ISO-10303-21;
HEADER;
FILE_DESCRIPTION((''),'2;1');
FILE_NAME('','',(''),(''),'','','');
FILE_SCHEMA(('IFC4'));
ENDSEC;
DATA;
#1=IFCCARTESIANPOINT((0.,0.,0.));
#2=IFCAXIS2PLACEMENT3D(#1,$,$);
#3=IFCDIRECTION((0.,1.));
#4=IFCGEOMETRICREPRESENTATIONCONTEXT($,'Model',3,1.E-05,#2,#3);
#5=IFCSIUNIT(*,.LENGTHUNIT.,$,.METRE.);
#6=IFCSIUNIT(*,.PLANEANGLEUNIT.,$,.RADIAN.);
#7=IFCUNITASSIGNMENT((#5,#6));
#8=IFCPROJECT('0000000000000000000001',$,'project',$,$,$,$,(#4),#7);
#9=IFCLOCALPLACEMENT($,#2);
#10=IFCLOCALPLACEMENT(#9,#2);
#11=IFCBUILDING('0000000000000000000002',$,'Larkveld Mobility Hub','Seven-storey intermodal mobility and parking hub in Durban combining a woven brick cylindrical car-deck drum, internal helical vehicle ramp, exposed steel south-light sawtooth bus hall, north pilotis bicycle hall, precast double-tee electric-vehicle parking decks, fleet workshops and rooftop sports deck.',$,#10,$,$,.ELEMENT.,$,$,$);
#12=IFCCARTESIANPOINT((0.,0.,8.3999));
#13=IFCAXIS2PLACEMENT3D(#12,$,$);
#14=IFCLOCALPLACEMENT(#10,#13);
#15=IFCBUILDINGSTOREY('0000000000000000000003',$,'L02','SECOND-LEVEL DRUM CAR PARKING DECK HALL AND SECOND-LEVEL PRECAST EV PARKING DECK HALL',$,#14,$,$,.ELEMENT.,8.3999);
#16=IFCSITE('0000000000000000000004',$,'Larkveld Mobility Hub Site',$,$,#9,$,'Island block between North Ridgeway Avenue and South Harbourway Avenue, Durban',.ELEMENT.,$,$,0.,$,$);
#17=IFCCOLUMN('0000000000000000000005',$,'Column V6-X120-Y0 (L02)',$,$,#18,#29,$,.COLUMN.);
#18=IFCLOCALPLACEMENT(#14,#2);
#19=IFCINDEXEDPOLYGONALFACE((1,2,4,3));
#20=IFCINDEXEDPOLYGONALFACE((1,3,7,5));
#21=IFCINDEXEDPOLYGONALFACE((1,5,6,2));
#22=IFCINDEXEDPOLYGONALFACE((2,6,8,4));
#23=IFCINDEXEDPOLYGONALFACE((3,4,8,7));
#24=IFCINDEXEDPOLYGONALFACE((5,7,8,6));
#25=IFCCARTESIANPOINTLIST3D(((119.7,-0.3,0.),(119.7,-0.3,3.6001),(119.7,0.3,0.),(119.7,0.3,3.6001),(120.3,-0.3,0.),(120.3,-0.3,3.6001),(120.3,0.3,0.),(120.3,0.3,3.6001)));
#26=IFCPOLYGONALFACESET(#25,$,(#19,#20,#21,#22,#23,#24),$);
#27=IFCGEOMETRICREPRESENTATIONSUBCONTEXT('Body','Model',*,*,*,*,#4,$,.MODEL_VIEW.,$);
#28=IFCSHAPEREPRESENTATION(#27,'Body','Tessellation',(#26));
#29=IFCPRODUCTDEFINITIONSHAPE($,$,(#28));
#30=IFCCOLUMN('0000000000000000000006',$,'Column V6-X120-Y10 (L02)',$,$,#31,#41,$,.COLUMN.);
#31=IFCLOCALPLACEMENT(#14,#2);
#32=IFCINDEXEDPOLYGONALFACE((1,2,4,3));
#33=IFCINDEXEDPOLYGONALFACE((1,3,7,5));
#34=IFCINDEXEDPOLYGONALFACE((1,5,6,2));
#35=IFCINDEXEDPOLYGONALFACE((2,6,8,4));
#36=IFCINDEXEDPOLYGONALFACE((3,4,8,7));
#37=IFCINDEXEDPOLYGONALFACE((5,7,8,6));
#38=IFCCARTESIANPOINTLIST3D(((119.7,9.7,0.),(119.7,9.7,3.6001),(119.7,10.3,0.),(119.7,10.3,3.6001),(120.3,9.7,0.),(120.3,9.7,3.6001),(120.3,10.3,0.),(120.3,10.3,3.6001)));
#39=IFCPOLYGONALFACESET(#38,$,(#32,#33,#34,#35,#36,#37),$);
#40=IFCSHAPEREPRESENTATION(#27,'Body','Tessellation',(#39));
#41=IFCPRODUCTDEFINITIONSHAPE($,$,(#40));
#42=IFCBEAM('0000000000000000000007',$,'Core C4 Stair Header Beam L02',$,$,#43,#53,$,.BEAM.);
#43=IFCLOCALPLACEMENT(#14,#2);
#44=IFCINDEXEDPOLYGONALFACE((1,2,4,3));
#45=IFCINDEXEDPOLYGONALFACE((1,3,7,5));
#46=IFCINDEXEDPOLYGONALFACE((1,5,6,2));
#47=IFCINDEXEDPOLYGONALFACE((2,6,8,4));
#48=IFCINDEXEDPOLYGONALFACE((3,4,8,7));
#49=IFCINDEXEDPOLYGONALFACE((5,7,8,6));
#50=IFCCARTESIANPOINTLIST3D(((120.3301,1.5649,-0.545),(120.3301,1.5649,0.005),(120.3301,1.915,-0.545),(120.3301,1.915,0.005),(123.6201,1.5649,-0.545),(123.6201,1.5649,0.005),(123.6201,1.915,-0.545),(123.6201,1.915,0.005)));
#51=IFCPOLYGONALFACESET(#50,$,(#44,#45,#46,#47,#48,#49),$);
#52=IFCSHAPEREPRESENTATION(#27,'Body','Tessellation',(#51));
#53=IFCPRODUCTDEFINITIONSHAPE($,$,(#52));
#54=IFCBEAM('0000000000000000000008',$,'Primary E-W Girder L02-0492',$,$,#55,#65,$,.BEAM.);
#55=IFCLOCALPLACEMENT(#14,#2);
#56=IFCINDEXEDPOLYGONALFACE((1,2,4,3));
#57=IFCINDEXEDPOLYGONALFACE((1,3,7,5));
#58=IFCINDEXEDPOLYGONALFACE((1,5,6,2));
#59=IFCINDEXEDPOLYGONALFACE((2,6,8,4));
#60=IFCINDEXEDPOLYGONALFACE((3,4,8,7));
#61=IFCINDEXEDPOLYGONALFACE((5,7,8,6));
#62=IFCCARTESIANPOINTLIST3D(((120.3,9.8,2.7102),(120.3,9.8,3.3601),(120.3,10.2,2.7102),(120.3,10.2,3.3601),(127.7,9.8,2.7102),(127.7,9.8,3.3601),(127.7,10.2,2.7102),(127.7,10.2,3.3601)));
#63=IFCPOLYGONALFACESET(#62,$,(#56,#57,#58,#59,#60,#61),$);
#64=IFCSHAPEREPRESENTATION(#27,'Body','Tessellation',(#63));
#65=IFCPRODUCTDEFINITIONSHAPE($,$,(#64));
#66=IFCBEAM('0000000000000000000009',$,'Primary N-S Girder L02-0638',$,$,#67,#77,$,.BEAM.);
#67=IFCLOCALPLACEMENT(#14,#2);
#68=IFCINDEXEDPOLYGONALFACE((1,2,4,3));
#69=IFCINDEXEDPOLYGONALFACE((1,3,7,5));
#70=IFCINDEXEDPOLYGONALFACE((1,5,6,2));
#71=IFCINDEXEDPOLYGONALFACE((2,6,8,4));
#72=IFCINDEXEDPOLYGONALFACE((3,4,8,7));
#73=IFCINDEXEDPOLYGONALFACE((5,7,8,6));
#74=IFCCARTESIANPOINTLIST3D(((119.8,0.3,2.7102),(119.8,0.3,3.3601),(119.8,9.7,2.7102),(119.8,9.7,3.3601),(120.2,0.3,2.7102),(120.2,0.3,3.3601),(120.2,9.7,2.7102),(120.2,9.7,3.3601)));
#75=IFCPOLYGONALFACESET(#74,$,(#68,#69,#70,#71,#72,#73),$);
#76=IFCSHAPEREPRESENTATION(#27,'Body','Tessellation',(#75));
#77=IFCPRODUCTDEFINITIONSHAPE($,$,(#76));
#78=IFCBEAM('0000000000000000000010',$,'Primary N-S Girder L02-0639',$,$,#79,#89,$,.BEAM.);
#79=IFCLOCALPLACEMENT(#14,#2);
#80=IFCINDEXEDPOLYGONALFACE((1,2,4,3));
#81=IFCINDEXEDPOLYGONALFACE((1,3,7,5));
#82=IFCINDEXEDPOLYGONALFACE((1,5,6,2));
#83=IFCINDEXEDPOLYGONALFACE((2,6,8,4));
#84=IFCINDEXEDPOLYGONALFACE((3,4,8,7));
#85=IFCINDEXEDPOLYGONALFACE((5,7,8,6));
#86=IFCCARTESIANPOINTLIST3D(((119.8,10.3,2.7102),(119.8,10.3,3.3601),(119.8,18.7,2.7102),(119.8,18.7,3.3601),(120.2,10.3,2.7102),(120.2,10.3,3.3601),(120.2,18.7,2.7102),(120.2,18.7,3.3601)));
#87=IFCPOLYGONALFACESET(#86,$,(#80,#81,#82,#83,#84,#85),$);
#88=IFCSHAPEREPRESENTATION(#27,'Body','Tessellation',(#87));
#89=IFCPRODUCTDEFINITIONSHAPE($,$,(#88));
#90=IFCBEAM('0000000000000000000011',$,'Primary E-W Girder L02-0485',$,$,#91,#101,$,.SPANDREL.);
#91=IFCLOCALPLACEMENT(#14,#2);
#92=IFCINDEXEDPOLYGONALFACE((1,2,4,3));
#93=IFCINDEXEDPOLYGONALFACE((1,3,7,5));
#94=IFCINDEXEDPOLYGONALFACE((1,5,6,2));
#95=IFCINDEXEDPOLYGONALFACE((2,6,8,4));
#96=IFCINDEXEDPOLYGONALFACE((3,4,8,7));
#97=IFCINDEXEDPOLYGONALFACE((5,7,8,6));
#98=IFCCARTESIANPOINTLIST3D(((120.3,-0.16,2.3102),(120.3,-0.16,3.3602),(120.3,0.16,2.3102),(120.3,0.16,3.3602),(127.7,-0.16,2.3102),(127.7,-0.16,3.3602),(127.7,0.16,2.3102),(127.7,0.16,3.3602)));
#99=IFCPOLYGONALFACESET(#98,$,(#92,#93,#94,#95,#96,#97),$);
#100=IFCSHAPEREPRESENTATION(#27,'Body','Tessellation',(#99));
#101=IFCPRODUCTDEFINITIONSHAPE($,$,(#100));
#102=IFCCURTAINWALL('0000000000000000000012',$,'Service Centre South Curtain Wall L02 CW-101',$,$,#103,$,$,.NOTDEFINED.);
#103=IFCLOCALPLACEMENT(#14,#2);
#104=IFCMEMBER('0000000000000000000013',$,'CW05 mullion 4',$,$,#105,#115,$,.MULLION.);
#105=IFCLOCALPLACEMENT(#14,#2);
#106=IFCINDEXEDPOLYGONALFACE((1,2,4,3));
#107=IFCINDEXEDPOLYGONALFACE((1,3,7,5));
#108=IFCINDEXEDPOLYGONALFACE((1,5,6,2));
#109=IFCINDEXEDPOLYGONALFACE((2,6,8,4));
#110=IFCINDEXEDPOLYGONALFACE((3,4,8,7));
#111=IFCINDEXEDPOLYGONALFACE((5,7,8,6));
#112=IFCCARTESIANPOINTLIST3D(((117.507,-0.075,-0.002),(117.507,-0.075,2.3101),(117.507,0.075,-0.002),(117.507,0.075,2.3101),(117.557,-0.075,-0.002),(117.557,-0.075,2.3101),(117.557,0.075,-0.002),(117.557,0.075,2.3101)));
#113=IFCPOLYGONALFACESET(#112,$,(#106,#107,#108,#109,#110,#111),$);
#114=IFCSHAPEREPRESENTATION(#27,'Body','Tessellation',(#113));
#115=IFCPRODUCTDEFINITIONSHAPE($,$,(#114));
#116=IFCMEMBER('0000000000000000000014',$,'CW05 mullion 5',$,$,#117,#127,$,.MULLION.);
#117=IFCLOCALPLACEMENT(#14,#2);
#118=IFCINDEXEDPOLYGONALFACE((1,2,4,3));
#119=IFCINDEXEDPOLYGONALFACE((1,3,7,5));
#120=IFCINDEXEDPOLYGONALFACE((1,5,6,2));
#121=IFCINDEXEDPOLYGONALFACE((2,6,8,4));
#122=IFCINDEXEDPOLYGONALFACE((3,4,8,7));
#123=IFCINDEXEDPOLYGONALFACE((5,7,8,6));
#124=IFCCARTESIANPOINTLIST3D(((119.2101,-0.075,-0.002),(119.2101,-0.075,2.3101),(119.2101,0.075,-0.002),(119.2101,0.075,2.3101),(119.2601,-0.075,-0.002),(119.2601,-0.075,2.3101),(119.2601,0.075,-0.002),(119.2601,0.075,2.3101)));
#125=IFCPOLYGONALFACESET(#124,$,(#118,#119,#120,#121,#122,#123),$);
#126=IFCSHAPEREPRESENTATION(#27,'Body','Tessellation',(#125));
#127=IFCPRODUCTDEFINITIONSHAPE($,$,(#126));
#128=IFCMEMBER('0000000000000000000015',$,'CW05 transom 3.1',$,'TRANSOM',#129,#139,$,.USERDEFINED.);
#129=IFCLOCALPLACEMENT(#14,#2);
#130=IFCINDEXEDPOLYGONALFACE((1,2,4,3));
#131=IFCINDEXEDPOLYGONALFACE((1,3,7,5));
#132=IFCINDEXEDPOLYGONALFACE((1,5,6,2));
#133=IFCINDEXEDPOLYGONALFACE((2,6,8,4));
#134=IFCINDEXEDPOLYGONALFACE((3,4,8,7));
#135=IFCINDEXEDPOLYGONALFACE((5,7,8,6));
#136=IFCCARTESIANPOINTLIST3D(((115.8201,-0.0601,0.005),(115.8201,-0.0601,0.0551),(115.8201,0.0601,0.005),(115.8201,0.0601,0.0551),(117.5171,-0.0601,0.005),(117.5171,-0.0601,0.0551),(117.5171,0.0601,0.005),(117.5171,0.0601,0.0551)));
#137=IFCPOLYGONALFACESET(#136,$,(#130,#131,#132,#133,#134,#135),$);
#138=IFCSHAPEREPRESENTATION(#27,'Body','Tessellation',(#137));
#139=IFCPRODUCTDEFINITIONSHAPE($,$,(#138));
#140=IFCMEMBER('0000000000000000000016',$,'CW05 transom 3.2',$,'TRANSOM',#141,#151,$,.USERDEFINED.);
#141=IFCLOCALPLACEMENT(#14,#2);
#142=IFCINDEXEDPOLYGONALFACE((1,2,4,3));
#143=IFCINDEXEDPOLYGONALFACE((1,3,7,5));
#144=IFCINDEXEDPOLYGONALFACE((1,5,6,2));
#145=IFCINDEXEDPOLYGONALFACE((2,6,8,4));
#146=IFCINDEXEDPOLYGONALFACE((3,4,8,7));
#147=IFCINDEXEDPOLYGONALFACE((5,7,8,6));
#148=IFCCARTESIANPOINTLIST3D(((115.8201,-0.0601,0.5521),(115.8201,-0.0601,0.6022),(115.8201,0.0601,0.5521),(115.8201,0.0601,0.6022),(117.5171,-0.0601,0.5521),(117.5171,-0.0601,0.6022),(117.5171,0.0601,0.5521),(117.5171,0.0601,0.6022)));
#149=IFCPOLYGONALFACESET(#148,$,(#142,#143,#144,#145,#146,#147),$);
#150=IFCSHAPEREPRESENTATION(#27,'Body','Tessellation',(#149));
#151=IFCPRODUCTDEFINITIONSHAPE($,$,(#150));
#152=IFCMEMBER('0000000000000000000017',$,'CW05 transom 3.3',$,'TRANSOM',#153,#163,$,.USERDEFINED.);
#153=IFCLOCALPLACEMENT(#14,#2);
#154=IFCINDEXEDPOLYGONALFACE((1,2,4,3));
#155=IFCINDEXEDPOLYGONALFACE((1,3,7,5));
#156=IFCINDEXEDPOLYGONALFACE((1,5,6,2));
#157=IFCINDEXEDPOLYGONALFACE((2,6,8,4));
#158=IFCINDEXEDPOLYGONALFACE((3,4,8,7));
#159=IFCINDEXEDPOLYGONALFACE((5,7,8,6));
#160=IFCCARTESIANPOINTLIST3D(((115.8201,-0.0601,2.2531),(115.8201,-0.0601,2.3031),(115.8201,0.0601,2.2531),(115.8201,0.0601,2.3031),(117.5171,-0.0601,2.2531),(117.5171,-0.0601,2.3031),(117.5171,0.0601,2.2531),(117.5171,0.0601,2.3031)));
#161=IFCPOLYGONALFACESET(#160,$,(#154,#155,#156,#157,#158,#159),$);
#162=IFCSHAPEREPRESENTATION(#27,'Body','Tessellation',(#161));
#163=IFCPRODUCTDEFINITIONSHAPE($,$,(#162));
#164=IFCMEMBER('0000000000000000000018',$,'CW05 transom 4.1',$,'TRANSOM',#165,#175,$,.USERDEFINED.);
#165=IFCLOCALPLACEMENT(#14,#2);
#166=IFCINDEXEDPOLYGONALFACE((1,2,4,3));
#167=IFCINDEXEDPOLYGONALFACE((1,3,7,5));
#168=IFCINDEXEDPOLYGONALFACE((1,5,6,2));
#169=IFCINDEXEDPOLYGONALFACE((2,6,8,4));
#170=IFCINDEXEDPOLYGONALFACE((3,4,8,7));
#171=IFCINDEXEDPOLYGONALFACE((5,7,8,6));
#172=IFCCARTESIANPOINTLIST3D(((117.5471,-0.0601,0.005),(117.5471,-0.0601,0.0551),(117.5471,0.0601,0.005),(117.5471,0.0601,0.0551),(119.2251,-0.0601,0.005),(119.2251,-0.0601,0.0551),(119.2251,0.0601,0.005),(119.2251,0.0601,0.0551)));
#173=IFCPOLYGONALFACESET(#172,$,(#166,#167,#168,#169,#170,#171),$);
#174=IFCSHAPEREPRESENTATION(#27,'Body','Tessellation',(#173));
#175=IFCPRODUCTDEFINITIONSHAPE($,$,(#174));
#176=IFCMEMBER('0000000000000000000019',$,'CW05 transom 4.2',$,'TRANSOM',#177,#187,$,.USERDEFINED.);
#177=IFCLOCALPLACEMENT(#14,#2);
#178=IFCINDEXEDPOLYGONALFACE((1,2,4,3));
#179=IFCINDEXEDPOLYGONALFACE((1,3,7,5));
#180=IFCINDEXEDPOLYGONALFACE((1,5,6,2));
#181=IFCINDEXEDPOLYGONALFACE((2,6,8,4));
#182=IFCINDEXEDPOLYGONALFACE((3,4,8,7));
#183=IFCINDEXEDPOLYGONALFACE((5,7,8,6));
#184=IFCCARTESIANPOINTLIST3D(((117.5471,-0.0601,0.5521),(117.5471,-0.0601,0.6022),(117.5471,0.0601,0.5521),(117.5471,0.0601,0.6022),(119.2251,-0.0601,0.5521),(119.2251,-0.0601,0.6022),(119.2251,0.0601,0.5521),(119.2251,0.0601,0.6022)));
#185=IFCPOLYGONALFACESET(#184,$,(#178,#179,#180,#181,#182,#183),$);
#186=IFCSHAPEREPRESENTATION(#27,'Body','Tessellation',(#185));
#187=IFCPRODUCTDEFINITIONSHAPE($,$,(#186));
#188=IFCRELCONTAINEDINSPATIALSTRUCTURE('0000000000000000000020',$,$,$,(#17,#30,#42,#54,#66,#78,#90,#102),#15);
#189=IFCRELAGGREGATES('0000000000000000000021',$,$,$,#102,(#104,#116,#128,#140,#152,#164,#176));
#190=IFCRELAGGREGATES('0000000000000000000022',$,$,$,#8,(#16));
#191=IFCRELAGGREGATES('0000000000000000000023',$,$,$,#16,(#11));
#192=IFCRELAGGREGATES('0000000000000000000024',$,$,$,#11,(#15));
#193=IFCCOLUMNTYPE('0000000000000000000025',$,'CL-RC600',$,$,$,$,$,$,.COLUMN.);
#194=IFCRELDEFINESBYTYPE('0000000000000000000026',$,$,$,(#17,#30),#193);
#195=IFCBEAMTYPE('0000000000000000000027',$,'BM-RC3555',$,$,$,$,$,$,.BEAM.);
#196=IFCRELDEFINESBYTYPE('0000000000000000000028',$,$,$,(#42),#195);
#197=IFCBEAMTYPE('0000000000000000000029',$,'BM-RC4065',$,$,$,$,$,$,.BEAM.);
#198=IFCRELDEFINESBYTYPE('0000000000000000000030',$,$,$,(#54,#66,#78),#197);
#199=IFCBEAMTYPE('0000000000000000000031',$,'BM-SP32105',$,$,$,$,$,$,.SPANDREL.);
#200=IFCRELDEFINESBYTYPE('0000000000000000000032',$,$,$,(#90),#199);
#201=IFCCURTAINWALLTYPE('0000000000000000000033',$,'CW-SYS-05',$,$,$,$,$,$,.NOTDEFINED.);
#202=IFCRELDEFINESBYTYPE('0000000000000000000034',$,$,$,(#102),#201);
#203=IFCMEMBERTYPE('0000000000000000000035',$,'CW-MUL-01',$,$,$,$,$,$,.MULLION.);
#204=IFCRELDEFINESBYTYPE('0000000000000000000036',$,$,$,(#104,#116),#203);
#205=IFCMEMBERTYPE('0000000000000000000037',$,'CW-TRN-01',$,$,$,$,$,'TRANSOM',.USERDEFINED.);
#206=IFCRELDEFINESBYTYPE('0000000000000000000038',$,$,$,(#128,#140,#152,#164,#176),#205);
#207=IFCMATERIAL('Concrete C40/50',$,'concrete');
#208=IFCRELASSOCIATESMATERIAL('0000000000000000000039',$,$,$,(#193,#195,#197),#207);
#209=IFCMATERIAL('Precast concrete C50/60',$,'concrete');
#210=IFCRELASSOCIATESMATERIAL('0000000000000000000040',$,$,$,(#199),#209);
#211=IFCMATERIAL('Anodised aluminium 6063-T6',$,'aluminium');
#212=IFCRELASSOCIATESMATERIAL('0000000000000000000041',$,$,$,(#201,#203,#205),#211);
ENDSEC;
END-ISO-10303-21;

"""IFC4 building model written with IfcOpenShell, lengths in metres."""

from ifc_helpers import new_model, si_unit, direction, frame, origin, origin_2d, place, context, subcontext, project, spatial, rectangle, extrude, material, material_profile, profile_set, type_object, element, aggregate, save


model = new_model("IFC4")

# Units and contexts
model_context = context("Model", 3, precision=1e-05, world=origin(), true_north=direction((0.0, 1.0)))
body_context = subcontext(model_context, "Body", "Model", "MODEL_VIEW")
ifc_project = project(units=[si_unit("LENGTHUNIT", "METRE"), si_unit("PLANEANGLEUNIT", "RADIAN")], contexts=[model_context])

# Site, building, storey
site_placement = place(None, origin())
site = spatial("IfcSite", under=ifc_project, at=site_placement, Name="Larkveld Mobility Hub Site", LongName="Island block between North Ridgeway Avenue and South Harbourway Avenue, Durban", CompositionType="ELEMENT", RefElevation=0.0)
building_placement = place(site_placement, origin())
building = spatial("IfcBuilding", under=site, at=building_placement, Name="Larkveld Mobility Hub", Description="Seven-storey intermodal mobility and parking hub in Durban combining a woven brick cylindrical car-deck drum, internal helical vehicle ramp, exposed steel south-light sawtooth bus hall, north pilotis bicycle hall, precast double-tee electric-vehicle parking decks, fleet workshops and rooftop sports deck.", CompositionType="ELEMENT")
storey_placement = place(building_placement, frame((0.0, 0.0, 8.3999)))
storey = spatial("IfcBuildingStorey", under=building, at=storey_placement, Name="L02", Description="SECOND-LEVEL DRUM CAR PARKING DECK HALL AND SECOND-LEVEL PRECAST EV PARKING DECK HALL", CompositionType="ELEMENT", Elevation=8.3999)

# Columns
ifc_material_1 = material(Name="Concrete C40/50", Category="concrete")
ifc_material_profile_1 = material_profile(ifc_material_1, rectangle(XDim=0.6001, YDim=0.6001, at=origin_2d()), Name="RC COL 600x600")
ifc_profile_set_1 = profile_set([ifc_material_profile_1], Name="Concrete C40/50")
column_type = type_object("IfcColumnType", Name="CL-RC600", PredefinedType="COLUMN", material=ifc_profile_set_1)
for number, where, z_axis, x_axis, name in (
    (1, (120.0, 0.0, 0.0), (0.0, 0.0, 1.0), (1.0, 0.0, 0.0), "Column V6-X120-Y0 (L02)"),
    (2, (120.0, 10.0, 0.0), (0.0, 0.0, 1.0), (1.0, 0.0, 0.0), "Column V6-X120-Y10 (L02)"),
):
    element("IfcColumn", number, at=place(storey_placement, frame(where, z_axis=z_axis, x_axis=x_axis)), inside=storey, type_object=column_type, Name=name, PredefinedType="COLUMN", context=body_context, shape_type="SweptSolid", body=[
        extrude(rectangle(XDim=0.6001, YDim=0.6001, at=origin_2d()), origin(), (0.0, 0.0, 1.0), 3.6001),
    ])

# Beams
ifc_material_profile_2 = material_profile(ifc_material_1, rectangle(XDim=0.3501, YDim=0.55, at=origin_2d()), Name="RC BM 350x550")
ifc_profile_set_2 = profile_set([ifc_material_profile_2], Name="Concrete C40/50")
beam_type_1 = type_object("IfcBeamType", Name="BM-RC3555", PredefinedType="BEAM", material=ifc_profile_set_2)
beam_1_placement = place(storey_placement, frame((120.3301, 1.74, -0.27), z_axis=(1.0, 0.0, 0.0), x_axis=(0.0, 1.0, 0.0)))
element("IfcBeam", 3, at=beam_1_placement, inside=storey, type_object=beam_type_1, Name="Core C4 Stair Header Beam L02", PredefinedType="BEAM", context=body_context, shape_type="SweptSolid", body=[
    extrude(rectangle(XDim=0.3501, YDim=0.55, at=origin_2d()), origin(), (0.0, 0.0, 1.0), 3.29),
])
ifc_material_profile_3 = material_profile(ifc_material_1, rectangle(XDim=0.3999, YDim=0.6499, at=origin_2d()), Name="RC BM 400x650")
ifc_profile_set_3 = profile_set([ifc_material_profile_3], Name="Concrete C40/50")
beam_type_2 = type_object("IfcBeamType", Name="BM-RC4065", PredefinedType="BEAM", material=ifc_profile_set_3)
beam_2_placement = place(storey_placement, frame((120.3, 10.0, 3.0352), z_axis=(1.0, 0.0, 0.0), x_axis=(0.0, 1.0, 0.0)))
element("IfcBeam", 4, at=beam_2_placement, inside=storey, type_object=beam_type_2, Name="Primary E-W Girder L02-0492", PredefinedType="BEAM", context=body_context, shape_type="SweptSolid", body=[
    extrude(rectangle(XDim=0.3999, YDim=0.6499, at=origin_2d()), origin(), (0.0, 0.0, 1.0), 7.3999),
])
beam_3_placement = place(storey_placement, frame((120.0, 0.3, 3.0352), z_axis=(0.0, 1.0, 0.0), x_axis=(-1.0, 0.0, 0.0)))
element("IfcBeam", 5, at=beam_3_placement, inside=storey, type_object=beam_type_2, Name="Primary N-S Girder L02-0638", PredefinedType="BEAM", context=body_context, shape_type="SweptSolid", body=[
    extrude(rectangle(XDim=0.3999, YDim=0.6499, at=origin_2d()), origin(), (0.0, 0.0, 1.0), 9.3999),
])
beam_4_placement = place(storey_placement, frame((120.0, 10.3, 3.0352), z_axis=(0.0, 1.0, 0.0), x_axis=(-1.0, 0.0, 0.0)))
element("IfcBeam", 6, at=beam_4_placement, inside=storey, type_object=beam_type_2, Name="Primary N-S Girder L02-0639", PredefinedType="BEAM", context=body_context, shape_type="SweptSolid", body=[
    extrude(rectangle(XDim=0.3999, YDim=0.6499, at=origin_2d()), origin(), (0.0, 0.0, 1.0), 8.3999),
])
ifc_material_2 = material(Name="Precast concrete C50/60", Category="concrete")
ifc_material_profile_4 = material_profile(ifc_material_2, rectangle(XDim=0.3201, YDim=1.05, at=origin_2d()), Name="PC SP 320x1050")
ifc_profile_set_4 = profile_set([ifc_material_profile_4], Name="Precast concrete C50/60")
beam_type_3 = type_object("IfcBeamType", Name="BM-SP32105", PredefinedType="SPANDREL", material=ifc_profile_set_4)
beam_5_placement = place(storey_placement, frame((120.3, 0.0, 2.8352), z_axis=(1.0, 0.0, 0.0), x_axis=(0.0, 1.0, 0.0)))
element("IfcBeam", 7, at=beam_5_placement, inside=storey, type_object=beam_type_3, Name="Primary E-W Girder L02-0485", PredefinedType="SPANDREL", context=body_context, shape_type="SweptSolid", body=[
    extrude(rectangle(XDim=0.3201, YDim=1.05, at=origin_2d()), origin(), (0.0, 0.0, 1.0), 7.3999),
])

# Curtain wall, members
ifc_material_3 = material(Name="Anodised aluminium 6063-T6", Category="aluminium")
curtain_wall_type = type_object("IfcCurtainWallType", Name="CW-SYS-05", PredefinedType="NOTDEFINED", material=ifc_material_3)
curtain_wall_placement = place(storey_placement, origin())
curtain_wall = element("IfcCurtainWall", 8, at=curtain_wall_placement, inside=storey, type_object=curtain_wall_type, Name="Service Centre South Curtain Wall L02 CW-101", PredefinedType="NOTDEFINED")
ifc_material_profile_5 = material_profile(ifc_material_3, rectangle(XDim=0.05, YDim=0.1499, at=origin_2d()), Name="ALU MULL 50x150")
ifc_profile_set_5 = profile_set([ifc_material_profile_5], Name="Anodised aluminium 6063-T6")
member_type_1 = type_object("IfcMemberType", Name="CW-MUL-01", PredefinedType="MULLION", material=ifc_profile_set_5)
member_1_placement = place(storey_placement, frame((117.532, 0.0, -0.002), z_axis=(0.0, 0.0, 1.0), x_axis=(1.0, 0.0, 0.0)))
member_1 = element("IfcMember", 9, at=member_1_placement, type_object=member_type_1, Name="CW05 mullion 4", PredefinedType="MULLION", context=body_context, shape_type="SweptSolid", body=[
    extrude(rectangle(XDim=0.05, YDim=0.1499, at=origin_2d()), origin(), (0.0, 0.0, 1.0), 2.312),
])
member_2_placement = place(storey_placement, frame((119.2351, 0.0, -0.002), z_axis=(0.0, 0.0, 1.0), x_axis=(1.0, 0.0, 0.0)))
member_2 = element("IfcMember", 10, at=member_2_placement, type_object=member_type_1, Name="CW05 mullion 5", PredefinedType="MULLION", context=body_context, shape_type="SweptSolid", body=[
    extrude(rectangle(XDim=0.05, YDim=0.1499, at=origin_2d()), origin(), (0.0, 0.0, 1.0), 2.312),
])
ifc_material_profile_6 = material_profile(ifc_material_3, rectangle(XDim=0.1201, YDim=0.05, at=origin_2d()), Name="ALU TRAN 50x120")
ifc_profile_set_6 = profile_set([ifc_material_profile_6], Name="Anodised aluminium 6063-T6")
member_type_2 = type_object("IfcMemberType", Name="CW-TRN-01", ElementType="TRANSOM", PredefinedType="USERDEFINED", material=ifc_profile_set_6)
member_3_placement = place(storey_placement, frame((115.8201, 0.0, 0.03), z_axis=(1.0, 0.0, 0.0), x_axis=(0.0, 1.0, 0.0)))
member_3 = element("IfcMember", 11, at=member_3_placement, type_object=member_type_2, Name="CW05 transom 3.1", ObjectType="TRANSOM", PredefinedType="USERDEFINED", context=body_context, shape_type="SweptSolid", body=[
    extrude(rectangle(XDim=0.1201, YDim=0.05, at=origin_2d()), origin(), (0.0, 0.0, 1.0), 1.697),
])
member_4_placement = place(storey_placement, frame((115.8201, 0.0, 0.5771), z_axis=(1.0, 0.0, 0.0), x_axis=(0.0, 1.0, 0.0)))
member_4 = element("IfcMember", 12, at=member_4_placement, type_object=member_type_2, Name="CW05 transom 3.2", ObjectType="TRANSOM", PredefinedType="USERDEFINED", context=body_context, shape_type="SweptSolid", body=[
    extrude(rectangle(XDim=0.1201, YDim=0.05, at=origin_2d()), origin(), (0.0, 0.0, 1.0), 1.697),
])
member_5_placement = place(storey_placement, frame((115.8201, 0.0, 2.2781), z_axis=(1.0, 0.0, 0.0), x_axis=(0.0, 1.0, 0.0)))
member_5 = element("IfcMember", 13, at=member_5_placement, type_object=member_type_2, Name="CW05 transom 3.3", ObjectType="TRANSOM", PredefinedType="USERDEFINED", context=body_context, shape_type="SweptSolid", body=[
    extrude(rectangle(XDim=0.1201, YDim=0.05, at=origin_2d()), origin(), (0.0, 0.0, 1.0), 1.697),
])
member_6_placement = place(storey_placement, frame((117.5471, 0.0, 0.03), z_axis=(1.0, 0.0, 0.0), x_axis=(0.0, 1.0, 0.0)))
member_6 = element("IfcMember", 14, at=member_6_placement, type_object=member_type_2, Name="CW05 transom 4.1", ObjectType="TRANSOM", PredefinedType="USERDEFINED", context=body_context, shape_type="SweptSolid", body=[
    extrude(rectangle(XDim=0.1201, YDim=0.05, at=origin_2d()), origin(), (0.0, 0.0, 1.0), 1.678),
])
member_7_placement = place(storey_placement, frame((117.5471, 0.0, 0.5771), z_axis=(1.0, 0.0, 0.0), x_axis=(0.0, 1.0, 0.0)))
member_7 = element("IfcMember", 15, at=member_7_placement, type_object=member_type_2, Name="CW05 transom 4.2", ObjectType="TRANSOM", PredefinedType="USERDEFINED", context=body_context, shape_type="SweptSolid", body=[
    extrude(rectangle(XDim=0.1201, YDim=0.05, at=origin_2d()), origin(), (0.0, 0.0, 1.0), 1.678),
])
aggregate(curtain_wall, [member_1, member_2, member_3, member_4, member_5, member_6, member_7])

save(model, "model.ifc")
